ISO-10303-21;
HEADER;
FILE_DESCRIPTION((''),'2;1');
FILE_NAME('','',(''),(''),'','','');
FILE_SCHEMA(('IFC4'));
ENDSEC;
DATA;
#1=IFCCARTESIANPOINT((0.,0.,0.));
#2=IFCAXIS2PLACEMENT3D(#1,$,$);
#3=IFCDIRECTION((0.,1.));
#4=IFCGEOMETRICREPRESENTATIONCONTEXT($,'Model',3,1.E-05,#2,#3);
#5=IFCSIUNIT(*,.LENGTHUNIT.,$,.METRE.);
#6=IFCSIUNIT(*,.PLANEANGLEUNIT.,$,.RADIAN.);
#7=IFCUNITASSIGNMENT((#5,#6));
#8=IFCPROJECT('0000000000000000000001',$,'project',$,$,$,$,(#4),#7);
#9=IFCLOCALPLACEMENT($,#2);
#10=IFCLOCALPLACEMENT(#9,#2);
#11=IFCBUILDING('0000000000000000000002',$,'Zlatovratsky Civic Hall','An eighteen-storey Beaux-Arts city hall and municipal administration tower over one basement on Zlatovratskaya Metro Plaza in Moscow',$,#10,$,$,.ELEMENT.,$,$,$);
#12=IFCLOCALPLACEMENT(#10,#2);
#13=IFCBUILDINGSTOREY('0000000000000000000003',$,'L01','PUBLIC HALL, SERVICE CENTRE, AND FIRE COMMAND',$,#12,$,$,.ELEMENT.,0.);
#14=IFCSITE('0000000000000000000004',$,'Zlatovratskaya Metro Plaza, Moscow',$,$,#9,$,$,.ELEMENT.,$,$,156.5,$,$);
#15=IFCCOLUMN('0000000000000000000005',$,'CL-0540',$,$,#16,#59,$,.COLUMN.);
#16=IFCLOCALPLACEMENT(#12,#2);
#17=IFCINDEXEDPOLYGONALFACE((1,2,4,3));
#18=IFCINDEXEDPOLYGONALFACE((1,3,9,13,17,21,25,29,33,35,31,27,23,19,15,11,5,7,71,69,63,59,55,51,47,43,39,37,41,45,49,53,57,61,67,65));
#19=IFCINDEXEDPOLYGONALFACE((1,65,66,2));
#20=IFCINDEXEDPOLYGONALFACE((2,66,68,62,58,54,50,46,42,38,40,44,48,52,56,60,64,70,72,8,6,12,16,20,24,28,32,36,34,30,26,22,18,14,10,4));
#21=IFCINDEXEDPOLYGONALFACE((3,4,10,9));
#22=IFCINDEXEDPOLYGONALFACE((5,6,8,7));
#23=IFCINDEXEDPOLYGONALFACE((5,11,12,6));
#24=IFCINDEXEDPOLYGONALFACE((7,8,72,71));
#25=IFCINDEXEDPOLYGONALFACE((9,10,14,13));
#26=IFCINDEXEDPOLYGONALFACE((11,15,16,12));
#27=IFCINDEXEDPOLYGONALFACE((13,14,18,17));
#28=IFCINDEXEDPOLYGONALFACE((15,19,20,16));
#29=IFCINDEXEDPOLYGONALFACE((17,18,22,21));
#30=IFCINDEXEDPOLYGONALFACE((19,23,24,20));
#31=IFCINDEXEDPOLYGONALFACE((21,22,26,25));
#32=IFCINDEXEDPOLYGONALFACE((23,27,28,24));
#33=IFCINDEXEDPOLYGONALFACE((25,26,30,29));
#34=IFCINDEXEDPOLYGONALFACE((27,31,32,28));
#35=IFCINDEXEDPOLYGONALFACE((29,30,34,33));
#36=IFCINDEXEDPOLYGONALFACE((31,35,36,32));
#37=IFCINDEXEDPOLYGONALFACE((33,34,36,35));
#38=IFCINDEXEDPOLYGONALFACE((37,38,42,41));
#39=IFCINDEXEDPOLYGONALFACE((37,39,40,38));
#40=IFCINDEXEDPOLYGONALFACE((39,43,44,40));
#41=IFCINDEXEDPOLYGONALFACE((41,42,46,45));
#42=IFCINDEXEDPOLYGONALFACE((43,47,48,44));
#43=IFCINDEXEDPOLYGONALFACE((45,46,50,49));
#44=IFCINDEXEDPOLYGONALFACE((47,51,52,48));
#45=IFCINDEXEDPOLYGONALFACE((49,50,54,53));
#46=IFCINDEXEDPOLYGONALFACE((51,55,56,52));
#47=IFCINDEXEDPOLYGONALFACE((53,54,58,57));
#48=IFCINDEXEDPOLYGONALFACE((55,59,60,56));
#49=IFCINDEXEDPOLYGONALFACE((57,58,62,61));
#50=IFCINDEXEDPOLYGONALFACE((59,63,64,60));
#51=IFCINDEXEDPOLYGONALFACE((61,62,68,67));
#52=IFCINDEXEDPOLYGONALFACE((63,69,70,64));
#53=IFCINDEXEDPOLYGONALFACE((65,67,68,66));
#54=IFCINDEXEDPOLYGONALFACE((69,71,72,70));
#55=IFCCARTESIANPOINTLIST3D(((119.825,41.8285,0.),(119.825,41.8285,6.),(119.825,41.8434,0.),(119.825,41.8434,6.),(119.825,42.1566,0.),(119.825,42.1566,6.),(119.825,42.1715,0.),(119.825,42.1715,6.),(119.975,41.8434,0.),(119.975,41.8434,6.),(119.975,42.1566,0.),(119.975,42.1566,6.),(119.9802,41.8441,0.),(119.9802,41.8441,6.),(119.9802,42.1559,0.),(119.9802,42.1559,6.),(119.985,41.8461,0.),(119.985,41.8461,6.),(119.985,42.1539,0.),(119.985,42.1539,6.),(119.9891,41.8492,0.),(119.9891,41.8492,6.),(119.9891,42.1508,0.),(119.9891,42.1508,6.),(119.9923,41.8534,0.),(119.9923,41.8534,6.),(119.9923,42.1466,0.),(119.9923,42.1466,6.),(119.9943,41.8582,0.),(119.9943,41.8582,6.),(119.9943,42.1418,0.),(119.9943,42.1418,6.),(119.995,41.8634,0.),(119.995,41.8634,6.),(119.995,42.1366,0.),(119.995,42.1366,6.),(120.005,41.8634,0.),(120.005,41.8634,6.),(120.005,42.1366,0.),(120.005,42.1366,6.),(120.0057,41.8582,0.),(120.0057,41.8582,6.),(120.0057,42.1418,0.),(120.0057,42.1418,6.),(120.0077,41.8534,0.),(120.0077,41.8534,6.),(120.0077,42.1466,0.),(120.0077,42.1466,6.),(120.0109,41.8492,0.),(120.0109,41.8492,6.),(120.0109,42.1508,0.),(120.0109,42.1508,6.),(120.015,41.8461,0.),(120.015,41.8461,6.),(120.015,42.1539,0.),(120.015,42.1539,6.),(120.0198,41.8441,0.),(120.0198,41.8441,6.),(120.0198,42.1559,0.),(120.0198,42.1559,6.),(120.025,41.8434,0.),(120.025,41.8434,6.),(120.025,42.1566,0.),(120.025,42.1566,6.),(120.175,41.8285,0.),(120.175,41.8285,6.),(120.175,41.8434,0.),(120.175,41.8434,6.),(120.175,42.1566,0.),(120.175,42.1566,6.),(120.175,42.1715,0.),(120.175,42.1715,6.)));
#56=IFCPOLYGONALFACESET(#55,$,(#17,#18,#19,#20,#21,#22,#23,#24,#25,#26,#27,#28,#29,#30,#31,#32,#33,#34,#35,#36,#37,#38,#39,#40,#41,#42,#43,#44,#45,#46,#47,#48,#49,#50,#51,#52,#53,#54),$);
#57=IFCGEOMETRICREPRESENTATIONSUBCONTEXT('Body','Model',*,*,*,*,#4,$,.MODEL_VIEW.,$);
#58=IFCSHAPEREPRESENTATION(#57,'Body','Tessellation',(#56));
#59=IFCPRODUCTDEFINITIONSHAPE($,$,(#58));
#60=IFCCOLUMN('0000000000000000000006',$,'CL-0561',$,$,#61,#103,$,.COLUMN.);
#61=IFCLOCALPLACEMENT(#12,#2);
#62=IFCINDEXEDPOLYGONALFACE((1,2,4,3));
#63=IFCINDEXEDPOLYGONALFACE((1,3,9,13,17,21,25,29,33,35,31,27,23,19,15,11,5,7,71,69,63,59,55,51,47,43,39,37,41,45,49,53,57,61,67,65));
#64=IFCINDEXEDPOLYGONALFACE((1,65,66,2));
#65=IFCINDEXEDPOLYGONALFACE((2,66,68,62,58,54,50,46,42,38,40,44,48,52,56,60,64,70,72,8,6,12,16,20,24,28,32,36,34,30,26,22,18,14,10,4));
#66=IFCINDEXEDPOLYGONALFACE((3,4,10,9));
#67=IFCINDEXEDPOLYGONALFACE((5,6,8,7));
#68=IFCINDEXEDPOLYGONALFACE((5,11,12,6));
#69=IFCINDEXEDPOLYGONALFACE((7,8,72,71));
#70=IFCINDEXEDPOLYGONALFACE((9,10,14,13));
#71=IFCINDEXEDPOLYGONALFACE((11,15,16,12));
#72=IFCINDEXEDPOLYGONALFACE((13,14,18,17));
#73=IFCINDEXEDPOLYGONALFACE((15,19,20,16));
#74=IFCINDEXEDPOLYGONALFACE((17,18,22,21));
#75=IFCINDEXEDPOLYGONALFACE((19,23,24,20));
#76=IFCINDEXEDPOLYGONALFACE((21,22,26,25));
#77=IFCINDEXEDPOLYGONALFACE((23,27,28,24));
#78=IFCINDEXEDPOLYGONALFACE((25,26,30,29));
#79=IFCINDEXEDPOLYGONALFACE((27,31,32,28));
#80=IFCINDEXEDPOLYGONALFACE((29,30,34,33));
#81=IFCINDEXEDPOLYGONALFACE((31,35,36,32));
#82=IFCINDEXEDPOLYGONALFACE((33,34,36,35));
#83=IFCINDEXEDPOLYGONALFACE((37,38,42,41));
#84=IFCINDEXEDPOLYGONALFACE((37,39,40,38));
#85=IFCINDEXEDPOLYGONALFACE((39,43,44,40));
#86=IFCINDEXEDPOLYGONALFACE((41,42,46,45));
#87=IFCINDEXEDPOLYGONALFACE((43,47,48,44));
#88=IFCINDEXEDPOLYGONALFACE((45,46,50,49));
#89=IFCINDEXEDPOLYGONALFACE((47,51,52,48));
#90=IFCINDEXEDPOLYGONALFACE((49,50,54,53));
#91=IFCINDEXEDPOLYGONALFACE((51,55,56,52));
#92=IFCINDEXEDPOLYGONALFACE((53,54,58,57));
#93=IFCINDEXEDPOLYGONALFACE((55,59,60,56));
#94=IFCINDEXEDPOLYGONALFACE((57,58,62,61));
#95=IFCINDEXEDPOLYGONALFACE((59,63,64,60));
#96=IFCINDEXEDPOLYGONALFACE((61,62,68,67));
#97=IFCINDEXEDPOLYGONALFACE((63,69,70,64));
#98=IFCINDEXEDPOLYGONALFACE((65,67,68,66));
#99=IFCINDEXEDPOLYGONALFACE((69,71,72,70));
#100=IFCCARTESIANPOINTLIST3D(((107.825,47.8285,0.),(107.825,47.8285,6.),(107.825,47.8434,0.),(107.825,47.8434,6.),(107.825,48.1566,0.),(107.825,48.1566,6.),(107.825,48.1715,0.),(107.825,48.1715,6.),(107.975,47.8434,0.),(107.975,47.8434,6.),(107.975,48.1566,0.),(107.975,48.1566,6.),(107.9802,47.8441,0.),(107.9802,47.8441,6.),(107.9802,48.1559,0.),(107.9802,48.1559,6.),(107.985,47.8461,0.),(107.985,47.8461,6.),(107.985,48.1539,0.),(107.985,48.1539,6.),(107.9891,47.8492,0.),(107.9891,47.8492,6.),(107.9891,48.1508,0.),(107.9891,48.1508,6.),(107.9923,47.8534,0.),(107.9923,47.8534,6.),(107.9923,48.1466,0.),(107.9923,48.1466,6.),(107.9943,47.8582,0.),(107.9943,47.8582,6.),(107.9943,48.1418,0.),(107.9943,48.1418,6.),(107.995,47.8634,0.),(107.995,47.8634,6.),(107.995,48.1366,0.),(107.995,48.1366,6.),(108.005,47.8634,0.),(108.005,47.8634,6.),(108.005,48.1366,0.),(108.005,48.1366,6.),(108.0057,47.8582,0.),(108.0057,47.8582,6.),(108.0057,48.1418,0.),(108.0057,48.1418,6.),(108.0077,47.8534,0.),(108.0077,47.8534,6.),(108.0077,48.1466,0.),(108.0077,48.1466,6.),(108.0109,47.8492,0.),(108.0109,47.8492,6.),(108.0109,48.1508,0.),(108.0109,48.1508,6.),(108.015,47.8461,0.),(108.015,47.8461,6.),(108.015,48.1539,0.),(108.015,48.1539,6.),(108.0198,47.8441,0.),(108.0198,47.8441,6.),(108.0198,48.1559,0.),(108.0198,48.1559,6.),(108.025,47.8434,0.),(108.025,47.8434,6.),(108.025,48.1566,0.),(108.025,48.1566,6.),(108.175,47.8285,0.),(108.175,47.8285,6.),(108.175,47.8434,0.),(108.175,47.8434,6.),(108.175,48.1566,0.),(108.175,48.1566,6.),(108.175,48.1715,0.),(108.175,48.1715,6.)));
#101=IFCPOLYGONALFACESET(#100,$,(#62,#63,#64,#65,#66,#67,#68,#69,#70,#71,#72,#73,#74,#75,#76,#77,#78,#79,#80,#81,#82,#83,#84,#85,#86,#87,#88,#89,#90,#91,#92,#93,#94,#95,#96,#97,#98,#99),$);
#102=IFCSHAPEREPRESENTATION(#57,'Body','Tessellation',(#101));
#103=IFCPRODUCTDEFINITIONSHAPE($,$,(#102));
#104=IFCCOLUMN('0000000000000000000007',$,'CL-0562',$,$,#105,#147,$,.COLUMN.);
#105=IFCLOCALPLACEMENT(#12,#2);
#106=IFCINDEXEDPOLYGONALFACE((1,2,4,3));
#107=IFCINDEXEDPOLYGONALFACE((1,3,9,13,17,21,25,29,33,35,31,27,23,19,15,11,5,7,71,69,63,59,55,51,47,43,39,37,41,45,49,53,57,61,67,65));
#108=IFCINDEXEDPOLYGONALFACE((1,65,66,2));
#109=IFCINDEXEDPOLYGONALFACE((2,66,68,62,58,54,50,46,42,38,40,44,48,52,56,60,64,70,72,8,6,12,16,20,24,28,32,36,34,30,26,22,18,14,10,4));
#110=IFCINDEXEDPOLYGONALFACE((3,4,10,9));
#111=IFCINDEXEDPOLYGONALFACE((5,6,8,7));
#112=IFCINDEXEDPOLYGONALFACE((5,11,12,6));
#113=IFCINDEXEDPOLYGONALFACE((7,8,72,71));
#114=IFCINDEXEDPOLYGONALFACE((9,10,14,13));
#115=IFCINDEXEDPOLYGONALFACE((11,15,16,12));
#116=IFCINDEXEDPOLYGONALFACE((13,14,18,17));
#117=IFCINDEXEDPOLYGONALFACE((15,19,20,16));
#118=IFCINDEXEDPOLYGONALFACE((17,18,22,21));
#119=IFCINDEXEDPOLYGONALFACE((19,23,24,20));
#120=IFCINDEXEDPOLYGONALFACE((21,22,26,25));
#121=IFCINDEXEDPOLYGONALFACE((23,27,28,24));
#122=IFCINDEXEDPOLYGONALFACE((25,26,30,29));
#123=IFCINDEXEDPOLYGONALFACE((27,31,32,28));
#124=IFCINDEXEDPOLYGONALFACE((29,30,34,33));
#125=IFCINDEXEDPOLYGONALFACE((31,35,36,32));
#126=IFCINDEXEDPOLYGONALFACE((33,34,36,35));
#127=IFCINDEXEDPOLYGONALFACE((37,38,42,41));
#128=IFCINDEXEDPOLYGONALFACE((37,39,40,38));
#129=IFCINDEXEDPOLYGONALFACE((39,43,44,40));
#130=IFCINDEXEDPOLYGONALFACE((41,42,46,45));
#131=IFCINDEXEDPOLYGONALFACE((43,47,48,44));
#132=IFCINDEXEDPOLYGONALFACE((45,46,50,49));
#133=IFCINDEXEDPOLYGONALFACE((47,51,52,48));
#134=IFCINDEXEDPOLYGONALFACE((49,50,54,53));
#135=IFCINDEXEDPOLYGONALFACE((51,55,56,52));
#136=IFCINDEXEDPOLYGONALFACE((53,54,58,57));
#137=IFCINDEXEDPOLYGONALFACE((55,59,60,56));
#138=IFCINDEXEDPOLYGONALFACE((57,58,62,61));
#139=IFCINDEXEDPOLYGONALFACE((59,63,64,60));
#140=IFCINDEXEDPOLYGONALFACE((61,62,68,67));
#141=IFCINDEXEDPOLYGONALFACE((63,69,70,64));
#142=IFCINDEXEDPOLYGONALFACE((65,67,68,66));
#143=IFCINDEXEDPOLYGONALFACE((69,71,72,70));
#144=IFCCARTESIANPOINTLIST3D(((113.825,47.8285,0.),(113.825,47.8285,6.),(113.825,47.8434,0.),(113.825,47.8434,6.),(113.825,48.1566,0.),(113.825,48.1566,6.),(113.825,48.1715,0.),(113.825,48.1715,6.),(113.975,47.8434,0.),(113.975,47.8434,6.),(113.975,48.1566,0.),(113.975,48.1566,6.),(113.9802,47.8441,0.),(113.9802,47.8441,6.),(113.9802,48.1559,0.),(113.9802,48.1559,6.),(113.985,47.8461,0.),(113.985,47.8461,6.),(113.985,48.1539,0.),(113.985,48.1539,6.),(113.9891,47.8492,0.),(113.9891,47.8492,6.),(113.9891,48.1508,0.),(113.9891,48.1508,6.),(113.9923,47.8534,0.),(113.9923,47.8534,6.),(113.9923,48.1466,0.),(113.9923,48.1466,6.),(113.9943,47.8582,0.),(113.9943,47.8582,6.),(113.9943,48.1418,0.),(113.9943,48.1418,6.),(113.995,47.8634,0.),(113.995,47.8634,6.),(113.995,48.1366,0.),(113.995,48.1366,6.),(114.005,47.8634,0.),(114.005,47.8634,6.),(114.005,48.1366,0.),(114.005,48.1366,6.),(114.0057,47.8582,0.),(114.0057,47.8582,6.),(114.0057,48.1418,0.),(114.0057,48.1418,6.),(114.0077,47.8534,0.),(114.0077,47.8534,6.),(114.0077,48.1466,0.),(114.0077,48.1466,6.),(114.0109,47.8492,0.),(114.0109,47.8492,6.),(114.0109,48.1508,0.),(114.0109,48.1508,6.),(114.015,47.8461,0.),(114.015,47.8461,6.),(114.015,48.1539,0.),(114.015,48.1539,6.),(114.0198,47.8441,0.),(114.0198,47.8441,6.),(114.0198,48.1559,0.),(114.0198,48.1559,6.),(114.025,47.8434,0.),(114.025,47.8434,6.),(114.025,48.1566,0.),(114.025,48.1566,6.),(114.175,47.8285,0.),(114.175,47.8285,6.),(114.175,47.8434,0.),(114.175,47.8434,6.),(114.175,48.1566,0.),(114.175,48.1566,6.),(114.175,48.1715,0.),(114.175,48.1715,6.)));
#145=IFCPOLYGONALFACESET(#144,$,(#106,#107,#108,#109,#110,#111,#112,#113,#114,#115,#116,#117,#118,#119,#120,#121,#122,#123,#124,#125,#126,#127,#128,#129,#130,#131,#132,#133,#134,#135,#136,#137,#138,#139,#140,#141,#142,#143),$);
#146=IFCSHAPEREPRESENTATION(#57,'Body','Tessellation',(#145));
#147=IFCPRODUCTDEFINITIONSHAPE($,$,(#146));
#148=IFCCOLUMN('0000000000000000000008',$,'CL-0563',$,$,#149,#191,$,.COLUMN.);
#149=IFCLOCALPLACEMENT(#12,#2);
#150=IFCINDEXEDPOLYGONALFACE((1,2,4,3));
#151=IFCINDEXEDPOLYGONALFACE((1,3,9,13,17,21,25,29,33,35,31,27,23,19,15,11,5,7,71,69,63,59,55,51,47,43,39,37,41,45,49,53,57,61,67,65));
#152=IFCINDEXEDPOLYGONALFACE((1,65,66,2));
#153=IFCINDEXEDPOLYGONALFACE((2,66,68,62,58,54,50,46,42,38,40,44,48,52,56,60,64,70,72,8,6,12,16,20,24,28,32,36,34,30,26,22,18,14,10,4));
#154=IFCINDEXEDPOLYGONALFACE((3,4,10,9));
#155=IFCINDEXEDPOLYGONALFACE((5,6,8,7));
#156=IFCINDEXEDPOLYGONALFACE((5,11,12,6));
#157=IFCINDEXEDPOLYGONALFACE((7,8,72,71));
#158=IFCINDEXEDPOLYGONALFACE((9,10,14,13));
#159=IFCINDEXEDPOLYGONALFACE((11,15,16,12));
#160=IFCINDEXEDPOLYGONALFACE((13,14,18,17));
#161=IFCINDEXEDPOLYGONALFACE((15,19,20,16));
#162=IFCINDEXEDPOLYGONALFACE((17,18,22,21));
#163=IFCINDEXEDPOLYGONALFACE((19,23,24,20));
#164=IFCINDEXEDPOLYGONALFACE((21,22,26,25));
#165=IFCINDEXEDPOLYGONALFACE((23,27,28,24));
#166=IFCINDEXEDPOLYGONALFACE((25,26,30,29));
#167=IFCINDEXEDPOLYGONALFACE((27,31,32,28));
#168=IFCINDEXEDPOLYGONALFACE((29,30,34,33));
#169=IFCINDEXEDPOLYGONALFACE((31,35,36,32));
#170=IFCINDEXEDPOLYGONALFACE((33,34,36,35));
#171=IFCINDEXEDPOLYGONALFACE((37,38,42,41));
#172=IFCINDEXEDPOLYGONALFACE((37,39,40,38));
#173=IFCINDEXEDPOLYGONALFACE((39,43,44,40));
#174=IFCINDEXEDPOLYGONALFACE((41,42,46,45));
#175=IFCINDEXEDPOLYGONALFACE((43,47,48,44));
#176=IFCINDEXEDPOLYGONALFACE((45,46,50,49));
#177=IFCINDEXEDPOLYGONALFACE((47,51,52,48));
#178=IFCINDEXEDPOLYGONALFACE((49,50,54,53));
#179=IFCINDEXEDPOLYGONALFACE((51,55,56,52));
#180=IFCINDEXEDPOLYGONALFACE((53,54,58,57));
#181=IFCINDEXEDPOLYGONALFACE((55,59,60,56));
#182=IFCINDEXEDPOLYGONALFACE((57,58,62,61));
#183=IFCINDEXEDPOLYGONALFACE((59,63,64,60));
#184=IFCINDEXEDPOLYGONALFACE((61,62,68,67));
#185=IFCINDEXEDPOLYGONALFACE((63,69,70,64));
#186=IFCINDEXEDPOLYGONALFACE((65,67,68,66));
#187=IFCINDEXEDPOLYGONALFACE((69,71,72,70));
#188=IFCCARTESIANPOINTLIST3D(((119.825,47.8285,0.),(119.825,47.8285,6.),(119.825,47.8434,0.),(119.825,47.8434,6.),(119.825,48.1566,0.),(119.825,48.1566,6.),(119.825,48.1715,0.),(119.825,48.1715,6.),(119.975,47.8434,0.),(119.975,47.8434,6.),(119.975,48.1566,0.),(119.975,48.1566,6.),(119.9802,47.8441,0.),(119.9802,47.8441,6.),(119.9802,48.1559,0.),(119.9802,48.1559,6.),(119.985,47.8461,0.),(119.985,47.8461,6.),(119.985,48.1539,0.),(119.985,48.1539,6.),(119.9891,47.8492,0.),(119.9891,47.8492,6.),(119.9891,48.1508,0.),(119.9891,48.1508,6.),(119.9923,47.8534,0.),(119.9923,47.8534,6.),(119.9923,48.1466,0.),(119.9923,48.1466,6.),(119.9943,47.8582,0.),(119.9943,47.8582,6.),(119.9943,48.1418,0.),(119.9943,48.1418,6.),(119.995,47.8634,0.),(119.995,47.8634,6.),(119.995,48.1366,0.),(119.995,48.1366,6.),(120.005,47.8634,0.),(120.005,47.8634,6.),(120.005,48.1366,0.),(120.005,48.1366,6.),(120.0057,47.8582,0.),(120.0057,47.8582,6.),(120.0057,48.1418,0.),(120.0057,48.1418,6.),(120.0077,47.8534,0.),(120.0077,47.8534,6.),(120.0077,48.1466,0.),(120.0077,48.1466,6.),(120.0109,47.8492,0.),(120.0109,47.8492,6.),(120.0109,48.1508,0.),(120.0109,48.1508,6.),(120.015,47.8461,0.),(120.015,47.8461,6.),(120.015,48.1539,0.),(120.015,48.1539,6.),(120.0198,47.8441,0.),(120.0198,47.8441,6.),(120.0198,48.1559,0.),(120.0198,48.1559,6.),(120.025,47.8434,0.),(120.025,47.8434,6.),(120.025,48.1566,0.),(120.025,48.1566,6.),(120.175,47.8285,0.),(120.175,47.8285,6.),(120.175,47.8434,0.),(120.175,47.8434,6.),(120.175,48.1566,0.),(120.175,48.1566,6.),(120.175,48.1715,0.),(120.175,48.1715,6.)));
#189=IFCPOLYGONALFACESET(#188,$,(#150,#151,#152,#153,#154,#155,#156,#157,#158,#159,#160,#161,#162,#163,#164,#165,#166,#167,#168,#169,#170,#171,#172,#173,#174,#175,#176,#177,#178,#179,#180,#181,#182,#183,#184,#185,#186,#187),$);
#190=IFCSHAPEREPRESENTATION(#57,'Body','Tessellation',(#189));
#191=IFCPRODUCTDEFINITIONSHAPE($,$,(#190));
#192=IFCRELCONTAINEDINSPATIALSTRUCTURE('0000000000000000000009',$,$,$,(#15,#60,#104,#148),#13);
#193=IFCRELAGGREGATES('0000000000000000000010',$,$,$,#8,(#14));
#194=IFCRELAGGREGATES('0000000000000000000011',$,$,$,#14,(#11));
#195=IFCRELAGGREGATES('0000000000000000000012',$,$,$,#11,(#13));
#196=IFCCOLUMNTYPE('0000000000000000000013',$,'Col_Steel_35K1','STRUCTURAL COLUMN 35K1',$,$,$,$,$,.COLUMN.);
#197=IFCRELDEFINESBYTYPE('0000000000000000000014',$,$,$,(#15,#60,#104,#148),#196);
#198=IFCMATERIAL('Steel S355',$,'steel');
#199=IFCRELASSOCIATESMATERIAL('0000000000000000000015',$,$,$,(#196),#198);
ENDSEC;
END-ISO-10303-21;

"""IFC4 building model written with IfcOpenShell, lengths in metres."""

from ifc_helpers import new_model, si_unit, direction, frame, origin, origin_2d, place, context, subcontext, project, spatial, i_section, extrude, material, material_profile, profile_set, type_object, element, save


model = new_model("IFC4")

# Units and contexts
model_context = context("Model", 3, precision=1e-05, world=origin(), true_north=direction((0.0, 1.0)))
body_context = subcontext(model_context, "Body", "Model", "MODEL_VIEW")
ifc_project = project(units=[si_unit("LENGTHUNIT", "METRE"), si_unit("PLANEANGLEUNIT", "RADIAN")], contexts=[model_context])

# Site, building, storey
site_placement = place(None, origin())
site = spatial("IfcSite", under=ifc_project, at=site_placement, Name="Zlatovratskaya Metro Plaza, Moscow", CompositionType="ELEMENT", RefElevation=156.5)
building_placement = place(site_placement, origin())
building = spatial("IfcBuilding", under=site, at=building_placement, Name="Zlatovratsky Civic Hall", Description="An eighteen-storey Beaux-Arts city hall and municipal administration tower over one basement on Zlatovratskaya Metro Plaza in Moscow", CompositionType="ELEMENT")
storey_placement = place(building_placement, origin())
storey = spatial("IfcBuildingStorey", under=building, at=storey_placement, Name="L01", Description="PUBLIC HALL, SERVICE CENTRE, AND FIRE COMMAND", CompositionType="ELEMENT", Elevation=0.0)

# Columns
ifc_material_1 = material(Name="Steel S355", Category="steel")
ifc_material_profile_1 = material_profile(ifc_material_1, i_section(OverallWidth=0.3501, OverallDepth=0.343, WebThickness=0.01, FlangeThickness=0.0149, FilletRadius=0.02, at=origin_2d()), Name="35K1")
ifc_profile_set_1 = profile_set([ifc_material_profile_1], Name="Steel S355")
column_type = type_object("IfcColumnType", Name="Col_Steel_35K1", Description="STRUCTURAL COLUMN 35K1", PredefinedType="COLUMN", material=ifc_profile_set_1)
for number, where, z_axis, x_axis, name in (
    (1, (120.0, 42.0, 0.0), (0.0, 0.0, 1.0), (1.0, 0.0, 0.0), "CL-0540"),
    (2, (108.0, 48.0, 0.0), (0.0, 0.0, 1.0), (1.0, 0.0, 0.0), "CL-0561"),
    (3, (114.0, 48.0, 0.0), (0.0, 0.0, 1.0), (1.0, 0.0, 0.0), "CL-0562"),
    (4, (120.0, 48.0, 0.0), (0.0, 0.0, 1.0), (1.0, 0.0, 0.0), "CL-0563"),
):
    element("IfcColumn", number, at=place(storey_placement, frame(where, z_axis=z_axis, x_axis=x_axis)), inside=storey, type_object=column_type, Name=name, PredefinedType="COLUMN", context=body_context, shape_type="SweptSolid", body=[
        extrude(i_section(OverallWidth=0.3501, OverallDepth=0.343, WebThickness=0.01, FlangeThickness=0.0149, FilletRadius=0.02, at=origin_2d()), origin(), (0.0, 0.0, 1.0), 6.0),
    ])

save(model, "model.ifc")
